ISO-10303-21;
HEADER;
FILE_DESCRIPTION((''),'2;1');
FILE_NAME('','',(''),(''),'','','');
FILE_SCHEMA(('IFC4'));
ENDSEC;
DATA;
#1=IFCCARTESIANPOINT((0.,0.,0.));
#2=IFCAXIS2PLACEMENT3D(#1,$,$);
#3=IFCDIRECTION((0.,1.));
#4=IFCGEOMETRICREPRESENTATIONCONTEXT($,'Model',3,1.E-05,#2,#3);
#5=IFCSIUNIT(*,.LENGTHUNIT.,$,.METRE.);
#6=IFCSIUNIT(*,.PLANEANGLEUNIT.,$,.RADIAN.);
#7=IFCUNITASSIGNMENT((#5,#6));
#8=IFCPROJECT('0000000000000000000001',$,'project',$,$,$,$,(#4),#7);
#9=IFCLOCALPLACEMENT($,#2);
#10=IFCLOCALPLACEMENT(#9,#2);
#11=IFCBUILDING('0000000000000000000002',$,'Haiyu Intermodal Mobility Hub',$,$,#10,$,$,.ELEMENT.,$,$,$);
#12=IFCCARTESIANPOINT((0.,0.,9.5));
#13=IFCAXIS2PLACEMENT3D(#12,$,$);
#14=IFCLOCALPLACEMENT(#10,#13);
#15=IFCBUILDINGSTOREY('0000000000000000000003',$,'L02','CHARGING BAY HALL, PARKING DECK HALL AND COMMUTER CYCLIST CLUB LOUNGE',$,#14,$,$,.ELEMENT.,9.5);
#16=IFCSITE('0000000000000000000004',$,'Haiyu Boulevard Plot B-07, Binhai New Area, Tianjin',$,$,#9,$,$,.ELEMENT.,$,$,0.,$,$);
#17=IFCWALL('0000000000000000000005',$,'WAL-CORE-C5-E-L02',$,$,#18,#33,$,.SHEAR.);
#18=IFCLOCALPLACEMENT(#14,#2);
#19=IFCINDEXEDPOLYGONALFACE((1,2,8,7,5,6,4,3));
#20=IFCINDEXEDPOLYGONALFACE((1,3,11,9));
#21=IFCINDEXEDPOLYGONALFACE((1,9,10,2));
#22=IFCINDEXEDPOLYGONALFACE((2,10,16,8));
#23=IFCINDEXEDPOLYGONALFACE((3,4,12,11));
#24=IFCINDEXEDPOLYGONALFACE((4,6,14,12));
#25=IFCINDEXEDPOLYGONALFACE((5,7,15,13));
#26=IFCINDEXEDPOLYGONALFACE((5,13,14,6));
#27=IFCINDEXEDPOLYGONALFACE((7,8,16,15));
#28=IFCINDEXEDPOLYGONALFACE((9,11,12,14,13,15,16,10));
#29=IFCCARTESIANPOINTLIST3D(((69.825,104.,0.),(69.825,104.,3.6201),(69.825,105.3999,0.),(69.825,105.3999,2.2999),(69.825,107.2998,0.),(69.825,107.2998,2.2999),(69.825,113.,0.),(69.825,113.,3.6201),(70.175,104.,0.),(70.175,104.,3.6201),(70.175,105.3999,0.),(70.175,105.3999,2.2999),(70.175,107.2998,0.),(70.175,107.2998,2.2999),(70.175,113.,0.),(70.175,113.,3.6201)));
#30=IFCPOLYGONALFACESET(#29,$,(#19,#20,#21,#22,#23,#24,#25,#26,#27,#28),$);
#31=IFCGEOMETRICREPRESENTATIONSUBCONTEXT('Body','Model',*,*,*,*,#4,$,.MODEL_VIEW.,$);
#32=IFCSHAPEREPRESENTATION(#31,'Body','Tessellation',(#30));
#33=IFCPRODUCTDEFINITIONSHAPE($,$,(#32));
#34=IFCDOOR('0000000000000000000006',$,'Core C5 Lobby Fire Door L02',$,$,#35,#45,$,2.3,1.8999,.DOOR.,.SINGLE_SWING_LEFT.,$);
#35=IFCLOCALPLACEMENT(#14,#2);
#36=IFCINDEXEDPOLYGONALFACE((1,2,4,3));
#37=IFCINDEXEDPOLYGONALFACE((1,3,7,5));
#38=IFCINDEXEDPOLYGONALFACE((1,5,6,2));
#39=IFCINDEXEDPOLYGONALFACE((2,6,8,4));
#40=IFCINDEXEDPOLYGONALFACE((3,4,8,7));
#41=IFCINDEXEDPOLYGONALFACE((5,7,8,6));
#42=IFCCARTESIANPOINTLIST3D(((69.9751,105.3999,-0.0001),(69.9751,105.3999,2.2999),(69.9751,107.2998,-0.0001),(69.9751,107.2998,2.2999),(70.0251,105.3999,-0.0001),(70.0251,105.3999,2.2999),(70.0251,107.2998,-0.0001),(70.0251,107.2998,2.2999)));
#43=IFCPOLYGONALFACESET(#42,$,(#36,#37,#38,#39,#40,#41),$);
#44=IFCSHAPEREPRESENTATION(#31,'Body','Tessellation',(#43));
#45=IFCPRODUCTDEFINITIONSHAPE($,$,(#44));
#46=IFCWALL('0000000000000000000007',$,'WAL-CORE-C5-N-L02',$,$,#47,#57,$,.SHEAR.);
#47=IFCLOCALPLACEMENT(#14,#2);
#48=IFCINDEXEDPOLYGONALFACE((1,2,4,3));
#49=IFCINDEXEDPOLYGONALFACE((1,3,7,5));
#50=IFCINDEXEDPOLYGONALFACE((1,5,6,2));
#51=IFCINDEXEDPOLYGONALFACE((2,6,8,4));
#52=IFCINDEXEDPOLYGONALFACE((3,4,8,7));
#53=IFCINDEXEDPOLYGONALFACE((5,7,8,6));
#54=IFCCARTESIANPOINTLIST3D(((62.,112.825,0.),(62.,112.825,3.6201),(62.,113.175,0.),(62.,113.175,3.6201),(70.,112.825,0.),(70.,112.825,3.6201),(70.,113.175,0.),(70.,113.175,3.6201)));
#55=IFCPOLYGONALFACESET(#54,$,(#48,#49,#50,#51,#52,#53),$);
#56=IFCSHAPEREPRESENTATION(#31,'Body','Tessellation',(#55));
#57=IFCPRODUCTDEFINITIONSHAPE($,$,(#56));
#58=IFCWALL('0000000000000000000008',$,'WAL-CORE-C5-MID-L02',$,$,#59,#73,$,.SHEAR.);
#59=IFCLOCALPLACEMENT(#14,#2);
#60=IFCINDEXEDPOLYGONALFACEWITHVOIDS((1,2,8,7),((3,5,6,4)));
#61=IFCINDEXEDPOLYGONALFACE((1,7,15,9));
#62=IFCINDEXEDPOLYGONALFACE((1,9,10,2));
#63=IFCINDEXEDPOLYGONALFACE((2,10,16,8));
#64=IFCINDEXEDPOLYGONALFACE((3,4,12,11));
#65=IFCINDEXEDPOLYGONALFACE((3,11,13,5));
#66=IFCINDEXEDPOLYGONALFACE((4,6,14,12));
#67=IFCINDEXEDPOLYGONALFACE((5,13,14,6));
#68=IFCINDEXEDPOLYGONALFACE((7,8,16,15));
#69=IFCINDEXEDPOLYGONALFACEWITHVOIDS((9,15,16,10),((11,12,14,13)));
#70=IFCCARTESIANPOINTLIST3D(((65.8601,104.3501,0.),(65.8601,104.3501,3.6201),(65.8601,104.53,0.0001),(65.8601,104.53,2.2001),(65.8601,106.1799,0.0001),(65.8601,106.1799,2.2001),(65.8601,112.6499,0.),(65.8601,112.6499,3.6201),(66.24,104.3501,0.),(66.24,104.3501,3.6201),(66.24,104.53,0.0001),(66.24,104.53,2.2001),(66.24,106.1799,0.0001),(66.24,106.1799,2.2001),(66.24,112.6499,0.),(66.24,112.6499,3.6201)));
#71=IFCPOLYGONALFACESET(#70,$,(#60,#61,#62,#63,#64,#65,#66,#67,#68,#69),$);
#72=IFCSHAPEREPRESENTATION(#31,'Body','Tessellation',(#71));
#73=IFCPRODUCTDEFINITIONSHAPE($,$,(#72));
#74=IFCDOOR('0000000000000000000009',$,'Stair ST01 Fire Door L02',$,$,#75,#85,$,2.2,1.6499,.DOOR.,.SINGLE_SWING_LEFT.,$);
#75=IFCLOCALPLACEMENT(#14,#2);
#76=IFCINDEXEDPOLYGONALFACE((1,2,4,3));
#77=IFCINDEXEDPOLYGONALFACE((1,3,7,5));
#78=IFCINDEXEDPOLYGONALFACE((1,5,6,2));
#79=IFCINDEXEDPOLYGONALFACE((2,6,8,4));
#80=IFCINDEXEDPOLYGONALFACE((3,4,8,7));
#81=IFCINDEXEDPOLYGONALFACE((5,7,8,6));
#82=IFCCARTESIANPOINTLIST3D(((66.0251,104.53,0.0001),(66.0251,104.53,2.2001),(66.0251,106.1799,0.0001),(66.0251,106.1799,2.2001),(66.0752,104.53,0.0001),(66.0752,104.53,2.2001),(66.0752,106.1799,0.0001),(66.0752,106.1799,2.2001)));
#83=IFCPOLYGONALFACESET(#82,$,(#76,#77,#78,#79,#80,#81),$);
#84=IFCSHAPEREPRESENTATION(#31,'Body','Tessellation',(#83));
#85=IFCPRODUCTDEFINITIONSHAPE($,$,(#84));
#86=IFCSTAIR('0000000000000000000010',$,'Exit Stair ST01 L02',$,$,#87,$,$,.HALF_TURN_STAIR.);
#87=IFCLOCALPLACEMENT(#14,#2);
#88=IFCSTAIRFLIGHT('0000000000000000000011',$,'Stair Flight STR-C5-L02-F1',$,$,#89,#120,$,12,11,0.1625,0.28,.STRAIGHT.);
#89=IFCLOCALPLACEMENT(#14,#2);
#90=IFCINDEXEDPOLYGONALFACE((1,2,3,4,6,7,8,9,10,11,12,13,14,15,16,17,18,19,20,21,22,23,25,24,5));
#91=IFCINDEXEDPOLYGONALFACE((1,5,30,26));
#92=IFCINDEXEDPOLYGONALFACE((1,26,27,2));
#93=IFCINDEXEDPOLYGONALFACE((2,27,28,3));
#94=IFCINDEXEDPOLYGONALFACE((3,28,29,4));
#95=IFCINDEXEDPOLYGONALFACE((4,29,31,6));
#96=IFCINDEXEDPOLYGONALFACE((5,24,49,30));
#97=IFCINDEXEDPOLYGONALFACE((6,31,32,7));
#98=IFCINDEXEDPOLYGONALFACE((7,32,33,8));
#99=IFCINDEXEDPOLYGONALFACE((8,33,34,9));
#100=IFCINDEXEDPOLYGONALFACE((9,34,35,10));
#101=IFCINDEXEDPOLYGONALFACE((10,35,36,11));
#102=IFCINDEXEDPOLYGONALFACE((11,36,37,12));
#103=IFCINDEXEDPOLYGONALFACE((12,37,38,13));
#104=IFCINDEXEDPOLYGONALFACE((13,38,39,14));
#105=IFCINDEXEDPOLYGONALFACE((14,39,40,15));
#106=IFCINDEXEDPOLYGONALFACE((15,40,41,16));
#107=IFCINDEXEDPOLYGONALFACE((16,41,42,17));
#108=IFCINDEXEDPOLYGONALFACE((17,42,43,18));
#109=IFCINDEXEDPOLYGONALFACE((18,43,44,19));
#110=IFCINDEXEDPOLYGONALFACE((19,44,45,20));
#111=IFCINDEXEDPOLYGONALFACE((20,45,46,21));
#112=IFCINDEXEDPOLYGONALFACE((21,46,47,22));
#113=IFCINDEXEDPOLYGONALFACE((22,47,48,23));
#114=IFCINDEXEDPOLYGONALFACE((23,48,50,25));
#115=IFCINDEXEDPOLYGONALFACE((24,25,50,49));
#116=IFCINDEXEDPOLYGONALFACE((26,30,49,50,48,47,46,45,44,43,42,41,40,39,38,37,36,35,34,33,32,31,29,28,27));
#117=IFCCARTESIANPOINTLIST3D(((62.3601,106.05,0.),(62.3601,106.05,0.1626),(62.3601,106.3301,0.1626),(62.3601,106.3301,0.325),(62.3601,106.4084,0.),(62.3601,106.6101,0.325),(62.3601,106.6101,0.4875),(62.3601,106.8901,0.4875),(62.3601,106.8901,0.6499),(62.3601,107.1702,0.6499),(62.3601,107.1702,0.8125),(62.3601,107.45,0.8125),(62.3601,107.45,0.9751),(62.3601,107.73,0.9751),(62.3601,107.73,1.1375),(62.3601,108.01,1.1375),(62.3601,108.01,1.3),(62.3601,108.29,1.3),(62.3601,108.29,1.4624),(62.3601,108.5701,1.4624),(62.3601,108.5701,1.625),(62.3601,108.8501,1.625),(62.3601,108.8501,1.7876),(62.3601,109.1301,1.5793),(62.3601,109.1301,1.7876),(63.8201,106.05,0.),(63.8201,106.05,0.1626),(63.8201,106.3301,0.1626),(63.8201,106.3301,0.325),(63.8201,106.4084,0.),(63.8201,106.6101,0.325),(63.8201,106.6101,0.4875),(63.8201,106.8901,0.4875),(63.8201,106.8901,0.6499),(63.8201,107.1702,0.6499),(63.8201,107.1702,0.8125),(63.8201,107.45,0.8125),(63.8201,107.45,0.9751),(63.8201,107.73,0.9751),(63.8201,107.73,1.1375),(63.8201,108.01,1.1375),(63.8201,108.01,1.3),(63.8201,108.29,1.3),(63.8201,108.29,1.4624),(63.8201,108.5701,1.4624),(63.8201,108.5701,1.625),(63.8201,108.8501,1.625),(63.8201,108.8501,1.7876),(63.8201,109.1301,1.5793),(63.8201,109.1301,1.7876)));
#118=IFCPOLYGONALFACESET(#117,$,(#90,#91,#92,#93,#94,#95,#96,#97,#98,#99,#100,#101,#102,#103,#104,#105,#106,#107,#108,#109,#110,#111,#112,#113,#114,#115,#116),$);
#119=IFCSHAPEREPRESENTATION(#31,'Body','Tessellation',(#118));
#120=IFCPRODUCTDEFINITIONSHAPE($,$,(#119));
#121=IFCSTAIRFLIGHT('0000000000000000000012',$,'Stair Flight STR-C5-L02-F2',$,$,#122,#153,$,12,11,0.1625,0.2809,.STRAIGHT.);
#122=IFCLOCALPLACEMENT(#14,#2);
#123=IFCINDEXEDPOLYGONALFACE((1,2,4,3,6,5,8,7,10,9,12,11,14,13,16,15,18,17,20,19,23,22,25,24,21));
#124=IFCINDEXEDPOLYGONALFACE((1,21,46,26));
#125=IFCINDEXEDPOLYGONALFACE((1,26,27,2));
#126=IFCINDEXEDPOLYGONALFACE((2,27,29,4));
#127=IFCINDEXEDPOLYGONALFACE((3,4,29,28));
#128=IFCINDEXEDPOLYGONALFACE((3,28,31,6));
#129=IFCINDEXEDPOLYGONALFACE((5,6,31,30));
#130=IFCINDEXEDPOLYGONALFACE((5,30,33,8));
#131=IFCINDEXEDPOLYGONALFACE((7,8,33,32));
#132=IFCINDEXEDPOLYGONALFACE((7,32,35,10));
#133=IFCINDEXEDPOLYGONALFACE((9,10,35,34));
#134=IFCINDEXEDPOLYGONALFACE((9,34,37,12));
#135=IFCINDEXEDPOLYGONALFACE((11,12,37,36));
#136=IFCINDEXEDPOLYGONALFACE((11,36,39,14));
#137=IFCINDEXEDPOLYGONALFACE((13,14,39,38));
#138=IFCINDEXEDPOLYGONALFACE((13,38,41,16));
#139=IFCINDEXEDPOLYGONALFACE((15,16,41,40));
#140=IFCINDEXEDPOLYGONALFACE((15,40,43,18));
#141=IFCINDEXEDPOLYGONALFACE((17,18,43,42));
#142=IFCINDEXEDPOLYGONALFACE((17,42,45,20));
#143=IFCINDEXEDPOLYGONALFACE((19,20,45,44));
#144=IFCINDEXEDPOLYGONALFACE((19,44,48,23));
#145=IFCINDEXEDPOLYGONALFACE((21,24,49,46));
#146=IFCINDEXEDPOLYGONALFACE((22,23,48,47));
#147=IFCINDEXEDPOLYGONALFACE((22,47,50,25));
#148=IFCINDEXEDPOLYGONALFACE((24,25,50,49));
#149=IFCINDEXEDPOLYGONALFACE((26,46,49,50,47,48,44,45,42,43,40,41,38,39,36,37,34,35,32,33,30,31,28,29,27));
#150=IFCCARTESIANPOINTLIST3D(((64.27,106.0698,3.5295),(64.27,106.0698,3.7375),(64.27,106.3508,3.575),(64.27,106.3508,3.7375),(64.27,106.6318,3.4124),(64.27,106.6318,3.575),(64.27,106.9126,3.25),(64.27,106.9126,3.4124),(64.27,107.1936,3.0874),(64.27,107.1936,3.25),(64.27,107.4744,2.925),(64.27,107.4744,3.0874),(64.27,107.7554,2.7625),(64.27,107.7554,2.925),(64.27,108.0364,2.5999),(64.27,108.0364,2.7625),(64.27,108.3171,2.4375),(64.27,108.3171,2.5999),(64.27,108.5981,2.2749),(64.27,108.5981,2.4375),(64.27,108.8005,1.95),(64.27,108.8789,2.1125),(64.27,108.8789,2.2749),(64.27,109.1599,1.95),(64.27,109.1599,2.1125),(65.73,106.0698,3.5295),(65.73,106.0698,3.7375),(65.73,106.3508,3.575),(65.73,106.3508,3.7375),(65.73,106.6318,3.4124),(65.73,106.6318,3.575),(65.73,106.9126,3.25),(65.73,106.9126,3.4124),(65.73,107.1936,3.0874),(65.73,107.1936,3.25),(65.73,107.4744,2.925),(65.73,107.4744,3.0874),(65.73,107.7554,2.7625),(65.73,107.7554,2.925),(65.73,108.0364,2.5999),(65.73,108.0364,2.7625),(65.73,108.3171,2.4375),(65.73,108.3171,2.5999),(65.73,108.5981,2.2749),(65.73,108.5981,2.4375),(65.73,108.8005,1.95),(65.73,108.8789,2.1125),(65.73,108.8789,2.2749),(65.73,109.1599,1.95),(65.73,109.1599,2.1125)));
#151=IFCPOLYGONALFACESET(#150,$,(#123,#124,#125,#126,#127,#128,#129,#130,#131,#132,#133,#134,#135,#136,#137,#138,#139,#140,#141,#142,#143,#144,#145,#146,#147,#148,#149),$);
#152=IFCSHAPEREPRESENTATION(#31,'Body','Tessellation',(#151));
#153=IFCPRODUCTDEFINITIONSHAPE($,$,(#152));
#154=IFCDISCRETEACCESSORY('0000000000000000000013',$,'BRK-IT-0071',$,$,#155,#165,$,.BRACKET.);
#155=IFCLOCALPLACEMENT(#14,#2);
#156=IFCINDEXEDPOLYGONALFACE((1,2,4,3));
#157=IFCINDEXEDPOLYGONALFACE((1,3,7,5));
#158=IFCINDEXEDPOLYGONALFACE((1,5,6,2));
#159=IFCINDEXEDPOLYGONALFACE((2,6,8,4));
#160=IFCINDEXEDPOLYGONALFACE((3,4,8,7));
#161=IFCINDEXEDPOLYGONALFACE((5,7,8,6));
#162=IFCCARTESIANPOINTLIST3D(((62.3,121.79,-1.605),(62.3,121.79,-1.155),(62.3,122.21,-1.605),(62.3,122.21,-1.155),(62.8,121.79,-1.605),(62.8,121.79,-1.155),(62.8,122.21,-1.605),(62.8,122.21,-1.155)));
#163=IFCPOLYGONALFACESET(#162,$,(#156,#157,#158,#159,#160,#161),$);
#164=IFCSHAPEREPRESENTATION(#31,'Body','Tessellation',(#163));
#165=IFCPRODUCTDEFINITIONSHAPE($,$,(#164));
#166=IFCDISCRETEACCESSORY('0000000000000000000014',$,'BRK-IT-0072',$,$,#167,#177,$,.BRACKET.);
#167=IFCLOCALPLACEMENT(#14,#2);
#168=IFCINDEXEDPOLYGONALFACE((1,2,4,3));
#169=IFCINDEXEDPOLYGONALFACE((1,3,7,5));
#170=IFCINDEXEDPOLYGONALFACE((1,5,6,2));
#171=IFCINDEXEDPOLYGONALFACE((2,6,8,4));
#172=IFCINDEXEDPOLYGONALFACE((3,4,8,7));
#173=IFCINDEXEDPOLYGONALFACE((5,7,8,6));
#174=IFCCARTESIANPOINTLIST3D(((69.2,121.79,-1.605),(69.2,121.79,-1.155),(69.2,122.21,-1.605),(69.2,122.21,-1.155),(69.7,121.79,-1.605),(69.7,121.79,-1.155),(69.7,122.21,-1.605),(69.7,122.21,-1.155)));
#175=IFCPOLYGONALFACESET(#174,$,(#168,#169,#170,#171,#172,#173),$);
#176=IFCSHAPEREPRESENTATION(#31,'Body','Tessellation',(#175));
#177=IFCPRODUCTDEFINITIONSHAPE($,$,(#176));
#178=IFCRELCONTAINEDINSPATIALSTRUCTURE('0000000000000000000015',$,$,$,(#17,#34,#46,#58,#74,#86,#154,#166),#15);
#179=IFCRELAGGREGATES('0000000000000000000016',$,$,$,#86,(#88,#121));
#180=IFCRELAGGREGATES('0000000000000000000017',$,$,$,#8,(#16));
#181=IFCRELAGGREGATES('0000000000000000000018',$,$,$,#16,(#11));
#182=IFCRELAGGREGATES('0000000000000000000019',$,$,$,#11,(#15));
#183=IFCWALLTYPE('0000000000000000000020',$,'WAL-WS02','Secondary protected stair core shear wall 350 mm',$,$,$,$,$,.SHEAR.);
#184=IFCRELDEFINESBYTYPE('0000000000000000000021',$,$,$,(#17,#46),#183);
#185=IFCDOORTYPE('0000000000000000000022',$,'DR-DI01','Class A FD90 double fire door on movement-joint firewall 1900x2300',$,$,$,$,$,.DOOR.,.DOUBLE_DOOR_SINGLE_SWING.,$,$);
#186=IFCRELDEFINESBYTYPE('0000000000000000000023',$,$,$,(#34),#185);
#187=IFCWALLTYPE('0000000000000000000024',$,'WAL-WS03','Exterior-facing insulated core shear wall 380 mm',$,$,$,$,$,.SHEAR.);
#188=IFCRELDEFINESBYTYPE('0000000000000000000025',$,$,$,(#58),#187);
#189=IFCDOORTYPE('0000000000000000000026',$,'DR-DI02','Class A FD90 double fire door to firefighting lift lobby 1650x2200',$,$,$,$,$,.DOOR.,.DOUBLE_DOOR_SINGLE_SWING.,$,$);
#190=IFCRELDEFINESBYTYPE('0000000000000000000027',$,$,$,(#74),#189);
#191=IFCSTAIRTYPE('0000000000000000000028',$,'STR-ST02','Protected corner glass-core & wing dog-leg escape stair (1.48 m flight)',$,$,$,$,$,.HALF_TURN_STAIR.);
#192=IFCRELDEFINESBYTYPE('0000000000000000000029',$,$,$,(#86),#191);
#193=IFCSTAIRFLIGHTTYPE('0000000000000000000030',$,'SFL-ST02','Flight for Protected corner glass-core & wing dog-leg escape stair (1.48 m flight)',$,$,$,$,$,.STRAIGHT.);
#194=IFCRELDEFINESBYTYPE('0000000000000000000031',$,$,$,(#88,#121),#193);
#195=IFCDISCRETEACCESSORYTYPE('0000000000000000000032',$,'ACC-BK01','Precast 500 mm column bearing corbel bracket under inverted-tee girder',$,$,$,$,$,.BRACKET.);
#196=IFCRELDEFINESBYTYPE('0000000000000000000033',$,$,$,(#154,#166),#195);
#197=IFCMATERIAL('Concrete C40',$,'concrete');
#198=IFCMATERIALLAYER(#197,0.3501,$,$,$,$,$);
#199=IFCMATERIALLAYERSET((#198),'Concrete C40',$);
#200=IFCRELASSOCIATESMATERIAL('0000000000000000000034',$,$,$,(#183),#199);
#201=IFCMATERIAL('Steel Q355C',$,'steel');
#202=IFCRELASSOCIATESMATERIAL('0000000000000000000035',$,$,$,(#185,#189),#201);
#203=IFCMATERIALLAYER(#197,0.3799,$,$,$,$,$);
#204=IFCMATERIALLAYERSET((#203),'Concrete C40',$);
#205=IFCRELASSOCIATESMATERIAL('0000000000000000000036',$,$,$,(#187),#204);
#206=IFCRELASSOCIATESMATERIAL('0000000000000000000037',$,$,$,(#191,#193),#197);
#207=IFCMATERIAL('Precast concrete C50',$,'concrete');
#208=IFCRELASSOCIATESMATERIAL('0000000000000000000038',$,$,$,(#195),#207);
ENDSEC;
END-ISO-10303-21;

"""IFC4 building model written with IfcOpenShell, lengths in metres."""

from ifc_helpers import new_model, si_unit, direction, frame, frame_2d, origin, origin_2d, place, context, subcontext, project, spatial, polyline, rectangle, outline, extrude, material, layer, layer_set, type_object, element, fill, aggregate, save


model = new_model("IFC4")

# Units and contexts
model_context = context("Model", 3, precision=1e-05, world=origin(), true_north=direction((0.0, 1.0)))
body_context = subcontext(model_context, "Body", "Model", "MODEL_VIEW")
ifc_project = project(units=[si_unit("LENGTHUNIT", "METRE"), si_unit("PLANEANGLEUNIT", "RADIAN")], contexts=[model_context])

# Site, building, storey
site_placement = place(None, origin())
site = spatial("IfcSite", under=ifc_project, at=site_placement, Name="Haiyu Boulevard Plot B-07, Binhai New Area, Tianjin", CompositionType="ELEMENT", RefElevation=0.0)
building_placement = place(site_placement, origin())
building = spatial("IfcBuilding", under=site, at=building_placement, Name="Haiyu Intermodal Mobility Hub", CompositionType="ELEMENT")
storey_placement = place(building_placement, frame((0.0, 0.0, 9.5)))
storey = spatial("IfcBuildingStorey", under=building, at=storey_placement, Name="L02", Description="CHARGING BAY HALL, PARKING DECK HALL AND COMMUTER CYCLIST CLUB LOUNGE", CompositionType="ELEMENT", Elevation=9.5)

# Shared definitions
ifc_material_1 = material(Name="Concrete C40", Category="concrete")
ifc_material_2 = material(Name="Precast concrete C50", Category="concrete")

# Shared definitions
ifc_material_3 = material(Name="Steel Q355C", Category="steel")

# Wall, opening, door
ifc_layer_1 = layer(ifc_material_1, 0.3501)
ifc_layer_set_1 = layer_set([ifc_layer_1], Name="Concrete C40")
wall_type_1 = type_object("IfcWallType", Name="WAL-WS02", Description="Secondary protected stair core shear wall 350 mm", PredefinedType="SHEAR", material=ifc_layer_set_1)
wall_1_placement = place(storey_placement, frame((70.0, 104.0, 0.0), z_axis=(0.0, 0.0, 1.0), x_axis=(0.0, 1.0, 0.0)))
wall_1 = element("IfcWall", 1, at=wall_1_placement, inside=storey, type_object=wall_type_1, Name="WAL-CORE-C5-E-L02", PredefinedType="SHEAR", context=body_context, shape_type="SweptSolid", body=[
    extrude(rectangle(XDim=9.0, YDim=0.3501, at=frame_2d((4.5, 0.0))), origin(), (0.0, 0.0, 1.0), 3.6201),
])
opening_1_placement = place(wall_1_placement, frame((1.3999, 0.0, 0.0)))
opening_1 = element("IfcOpeningElement", 2, at=opening_1_placement, cuts=wall_1, PredefinedType="OPENING", context=body_context, shape_type="SweptSolid", body=[
    extrude(rectangle(XDim=1.8999, YDim=2.3, at=frame_2d((0.95, 1.1499))), frame((0.0, 0.1851, 0.0), z_axis=(0.0, -1.0, 0.0), x_axis=(1.0, 0.0, 0.0)), (0.0, 0.0, 1.0), 0.3701),
])
door_type_1 = type_object("IfcDoorType", Name="DR-DI01", Description="Class A FD90 double fire door on movement-joint firewall 1900x2300", OperationType="DOUBLE_DOOR_SINGLE_SWING", PredefinedType="DOOR", material=ifc_material_3)
door_1_placement = place(opening_1_placement, origin())
door_1 = element("IfcDoor", 3, at=door_1_placement, inside=storey, type_object=door_type_1, Name="Core C5 Lobby Fire Door L02", OperationType="SINGLE_SWING_LEFT", OverallHeight=2.3, OverallWidth=1.8999, PredefinedType="DOOR", context=body_context, shape_type="SweptSolid", body=[
    extrude(rectangle(XDim=1.8999, YDim=2.3, at=frame_2d((0.95, 1.1499))), frame((0.0, 0.0249, 0.0), z_axis=(0.0, -1.0, 0.0), x_axis=(1.0, 0.0, 0.0)), (0.0, 0.0, 1.0), 0.05),
])
fill(opening_1, door_1)

# Wall
wall_2_placement = place(storey_placement, frame((70.0, 113.0, 0.0), z_axis=(0.0, 0.0, 1.0), x_axis=(-1.0, 0.0, 0.0)))
element("IfcWall", 4, at=wall_2_placement, inside=storey, type_object=wall_type_1, Name="WAL-CORE-C5-N-L02", PredefinedType="SHEAR", context=body_context, shape_type="SweptSolid", body=[
    extrude(rectangle(XDim=8.0, YDim=0.3501, at=frame_2d((4.0, 0.0))), origin(), (0.0, 0.0, 1.0), 3.6201),
])

# Wall, opening, door
ifc_layer_2 = layer(ifc_material_1, 0.3799)
ifc_layer_set_2 = layer_set([ifc_layer_2], Name="Concrete C40")
wall_type_2 = type_object("IfcWallType", Name="WAL-WS03", Description="Exterior-facing insulated core shear wall 380 mm", PredefinedType="SHEAR", material=ifc_layer_set_2)
wall_3_placement = place(storey_placement, frame((66.05, 104.3501, 0.0), z_axis=(0.0, 0.0, 1.0), x_axis=(0.0, 1.0, 0.0)))
wall_3 = element("IfcWall", 5, at=wall_3_placement, inside=storey, type_object=wall_type_2, Name="WAL-CORE-C5-MID-L02", PredefinedType="SHEAR", context=body_context, shape_type="SweptSolid", body=[
    extrude(rectangle(XDim=8.2998, YDim=0.3799, at=frame_2d((4.1499, 0.0))), origin(), (0.0, 0.0, 1.0), 3.6201),
])
opening_2_placement = place(wall_3_placement, frame((0.1799, 0.0, 0.0)))
opening_2 = element("IfcOpeningElement", 6, at=opening_2_placement, cuts=wall_3, PredefinedType="OPENING", context=body_context, shape_type="SweptSolid", body=[
    extrude(rectangle(XDim=1.6499, YDim=2.2, at=frame_2d((0.825, 1.1001))), frame((0.0, 0.2, 0.0), z_axis=(0.0, -1.0, 0.0), x_axis=(1.0, 0.0, 0.0)), (0.0, 0.0, 1.0), 0.3999),
])
door_type_2 = type_object("IfcDoorType", Name="DR-DI02", Description="Class A FD90 double fire door to firefighting lift lobby 1650x2200", OperationType="DOUBLE_DOOR_SINGLE_SWING", PredefinedType="DOOR", material=ifc_material_3)
door_2_placement = place(opening_2_placement, origin())
door_2 = element("IfcDoor", 7, at=door_2_placement, inside=storey, type_object=door_type_2, Name="Stair ST01 Fire Door L02", OperationType="SINGLE_SWING_LEFT", OverallHeight=2.2, OverallWidth=1.6499, PredefinedType="DOOR", context=body_context, shape_type="SweptSolid", body=[
    extrude(rectangle(XDim=1.6499, YDim=2.2, at=frame_2d((0.825, 1.1001))), frame((0.0, 0.0249, 0.0), z_axis=(0.0, -1.0, 0.0), x_axis=(1.0, 0.0, 0.0)), (0.0, 0.0, 1.0), 0.05),
])
fill(opening_2, door_2)

# Stair, stair flights
stair_type = type_object("IfcStairType", Name="STR-ST02", Description="Protected corner glass-core & wing dog-leg escape stair (1.48 m flight)", PredefinedType="HALF_TURN_STAIR", material=ifc_material_1)
stair_placement = place(storey_placement, origin())
stair = element("IfcStair", 8, at=stair_placement, inside=storey, type_object=stair_type, Name="Exit Stair ST01 L02", PredefinedType="HALF_TURN_STAIR")
stair_flight_type = type_object("IfcStairFlightType", Name="SFL-ST02", Description="Flight for Protected corner glass-core & wing dog-leg escape stair (1.48 m flight)", PredefinedType="STRAIGHT", material=ifc_material_1)
stair_flight_1_placement = place(storey_placement, frame((63.0901, 106.05, 0.0), z_axis=(0.0, 0.0, 1.0), x_axis=(0.0, 1.0, 0.0)))
stair_flight_1 = element("IfcStairFlight", 9, at=stair_flight_1_placement, type_object=stair_flight_type, Name="Stair Flight STR-C5-L02-F1", NumberOfRisers=12, NumberOfTreads=11, PredefinedType="STRAIGHT", RiserHeight=0.1625, TreadLength=0.28, context=body_context, shape_type="SweptSolid", body=[
    extrude(outline(polyline([(0.0, 0.0), (0.0, 0.1626), (0.28, 0.1626), (0.28, 0.325), (0.5601, 0.325), (0.5601, 0.4875), (0.8401, 0.4875), (0.8401, 0.6499), (1.1201, 0.6499), (1.1201, 0.8125), (1.3999, 0.8125), (1.3999, 0.9751), (1.6799, 0.9751), (1.6799, 1.1375), (1.96, 1.1375), (1.96, 1.3), (2.24, 1.3), (2.24, 1.4624), (2.52, 1.4624), (2.52, 1.625), (2.8, 1.625), (2.8, 1.7876), (3.0801, 1.7876), (3.0801, 1.95), (3.0801, 1.5793), (0.3584, 0.0), (0.0, 0.0)])), frame((0.0, 0.73, 0.0), z_axis=(0.0, -1.0, 0.0), x_axis=(1.0, 0.0, 0.0)), (0.0, 0.0, 1.0), 1.46),
])
stair_flight_2_placement = place(storey_placement, frame((65.0, 109.1599, 1.95), z_axis=(0.0, 0.0, 1.0), x_axis=(0.0, -1.0, 0.0)))
stair_flight_2 = element("IfcStairFlight", 10, at=stair_flight_2_placement, type_object=stair_flight_type, Name="Stair Flight STR-C5-L02-F2", NumberOfRisers=12, NumberOfTreads=11, PredefinedType="STRAIGHT", RiserHeight=0.1625, TreadLength=0.2809, context=body_context, shape_type="SweptSolid", body=[
    extrude(outline(polyline([(0.0, 0.0), (0.0, 0.1626), (0.281, 0.1626), (0.281, 0.325), (0.5618, 0.325), (0.5618, 0.4875), (0.8428, 0.4875), (0.8428, 0.6499), (1.1235, 0.6499), (1.1235, 0.8125), (1.4045, 0.8125), (1.4045, 0.9751), (1.6855, 0.9751), (1.6855, 1.1375), (1.9663, 1.1375), (1.9663, 1.3), (2.2473, 1.3), (2.2473, 1.4624), (2.5281, 1.4624), (2.5281, 1.625), (2.8091, 1.625), (2.8091, 1.7876), (3.0901, 1.7876), (3.0901, 1.95), (3.0901, 1.5796), (0.3594, 0.0), (0.0, 0.0)])), frame((0.0, 0.73, 0.0), z_axis=(0.0, -1.0, 0.0), x_axis=(1.0, 0.0, 0.0)), (0.0, 0.0, 1.0), 1.46),
])
aggregate(stair, [stair_flight_1, stair_flight_2])

# Discrete accessories
discrete_accessory_type_1 = type_object("IfcDiscreteAccessoryType", Name="ACC-BK01", Description="Precast 500 mm column bearing corbel bracket under inverted-tee girder", PredefinedType="BRACKET", material=ifc_material_2)
for number, where, z_axis, x_axis, name in (
    (11, (62.55, 122.0, -1.605), (0.0, 0.0, 1.0), (1.0, 0.0, 0.0), "BRK-IT-0071"),
    (12, (69.45, 122.0, -1.605), (0.0, 0.0, 1.0), (1.0, 0.0, 0.0), "BRK-IT-0072"),
):
    element("IfcDiscreteAccessory", number, at=place(storey_placement, frame(where, z_axis=z_axis, x_axis=x_axis)), inside=storey, type_object=discrete_accessory_type_1, Name=name, PredefinedType="BRACKET", context=body_context, shape_type="SweptSolid", body=[
        extrude(rectangle(XDim=0.5, YDim=0.4199, at=origin_2d()), origin(), (0.0, 0.0, 1.0), 0.45),
    ])

save(model, "model.ifc")
